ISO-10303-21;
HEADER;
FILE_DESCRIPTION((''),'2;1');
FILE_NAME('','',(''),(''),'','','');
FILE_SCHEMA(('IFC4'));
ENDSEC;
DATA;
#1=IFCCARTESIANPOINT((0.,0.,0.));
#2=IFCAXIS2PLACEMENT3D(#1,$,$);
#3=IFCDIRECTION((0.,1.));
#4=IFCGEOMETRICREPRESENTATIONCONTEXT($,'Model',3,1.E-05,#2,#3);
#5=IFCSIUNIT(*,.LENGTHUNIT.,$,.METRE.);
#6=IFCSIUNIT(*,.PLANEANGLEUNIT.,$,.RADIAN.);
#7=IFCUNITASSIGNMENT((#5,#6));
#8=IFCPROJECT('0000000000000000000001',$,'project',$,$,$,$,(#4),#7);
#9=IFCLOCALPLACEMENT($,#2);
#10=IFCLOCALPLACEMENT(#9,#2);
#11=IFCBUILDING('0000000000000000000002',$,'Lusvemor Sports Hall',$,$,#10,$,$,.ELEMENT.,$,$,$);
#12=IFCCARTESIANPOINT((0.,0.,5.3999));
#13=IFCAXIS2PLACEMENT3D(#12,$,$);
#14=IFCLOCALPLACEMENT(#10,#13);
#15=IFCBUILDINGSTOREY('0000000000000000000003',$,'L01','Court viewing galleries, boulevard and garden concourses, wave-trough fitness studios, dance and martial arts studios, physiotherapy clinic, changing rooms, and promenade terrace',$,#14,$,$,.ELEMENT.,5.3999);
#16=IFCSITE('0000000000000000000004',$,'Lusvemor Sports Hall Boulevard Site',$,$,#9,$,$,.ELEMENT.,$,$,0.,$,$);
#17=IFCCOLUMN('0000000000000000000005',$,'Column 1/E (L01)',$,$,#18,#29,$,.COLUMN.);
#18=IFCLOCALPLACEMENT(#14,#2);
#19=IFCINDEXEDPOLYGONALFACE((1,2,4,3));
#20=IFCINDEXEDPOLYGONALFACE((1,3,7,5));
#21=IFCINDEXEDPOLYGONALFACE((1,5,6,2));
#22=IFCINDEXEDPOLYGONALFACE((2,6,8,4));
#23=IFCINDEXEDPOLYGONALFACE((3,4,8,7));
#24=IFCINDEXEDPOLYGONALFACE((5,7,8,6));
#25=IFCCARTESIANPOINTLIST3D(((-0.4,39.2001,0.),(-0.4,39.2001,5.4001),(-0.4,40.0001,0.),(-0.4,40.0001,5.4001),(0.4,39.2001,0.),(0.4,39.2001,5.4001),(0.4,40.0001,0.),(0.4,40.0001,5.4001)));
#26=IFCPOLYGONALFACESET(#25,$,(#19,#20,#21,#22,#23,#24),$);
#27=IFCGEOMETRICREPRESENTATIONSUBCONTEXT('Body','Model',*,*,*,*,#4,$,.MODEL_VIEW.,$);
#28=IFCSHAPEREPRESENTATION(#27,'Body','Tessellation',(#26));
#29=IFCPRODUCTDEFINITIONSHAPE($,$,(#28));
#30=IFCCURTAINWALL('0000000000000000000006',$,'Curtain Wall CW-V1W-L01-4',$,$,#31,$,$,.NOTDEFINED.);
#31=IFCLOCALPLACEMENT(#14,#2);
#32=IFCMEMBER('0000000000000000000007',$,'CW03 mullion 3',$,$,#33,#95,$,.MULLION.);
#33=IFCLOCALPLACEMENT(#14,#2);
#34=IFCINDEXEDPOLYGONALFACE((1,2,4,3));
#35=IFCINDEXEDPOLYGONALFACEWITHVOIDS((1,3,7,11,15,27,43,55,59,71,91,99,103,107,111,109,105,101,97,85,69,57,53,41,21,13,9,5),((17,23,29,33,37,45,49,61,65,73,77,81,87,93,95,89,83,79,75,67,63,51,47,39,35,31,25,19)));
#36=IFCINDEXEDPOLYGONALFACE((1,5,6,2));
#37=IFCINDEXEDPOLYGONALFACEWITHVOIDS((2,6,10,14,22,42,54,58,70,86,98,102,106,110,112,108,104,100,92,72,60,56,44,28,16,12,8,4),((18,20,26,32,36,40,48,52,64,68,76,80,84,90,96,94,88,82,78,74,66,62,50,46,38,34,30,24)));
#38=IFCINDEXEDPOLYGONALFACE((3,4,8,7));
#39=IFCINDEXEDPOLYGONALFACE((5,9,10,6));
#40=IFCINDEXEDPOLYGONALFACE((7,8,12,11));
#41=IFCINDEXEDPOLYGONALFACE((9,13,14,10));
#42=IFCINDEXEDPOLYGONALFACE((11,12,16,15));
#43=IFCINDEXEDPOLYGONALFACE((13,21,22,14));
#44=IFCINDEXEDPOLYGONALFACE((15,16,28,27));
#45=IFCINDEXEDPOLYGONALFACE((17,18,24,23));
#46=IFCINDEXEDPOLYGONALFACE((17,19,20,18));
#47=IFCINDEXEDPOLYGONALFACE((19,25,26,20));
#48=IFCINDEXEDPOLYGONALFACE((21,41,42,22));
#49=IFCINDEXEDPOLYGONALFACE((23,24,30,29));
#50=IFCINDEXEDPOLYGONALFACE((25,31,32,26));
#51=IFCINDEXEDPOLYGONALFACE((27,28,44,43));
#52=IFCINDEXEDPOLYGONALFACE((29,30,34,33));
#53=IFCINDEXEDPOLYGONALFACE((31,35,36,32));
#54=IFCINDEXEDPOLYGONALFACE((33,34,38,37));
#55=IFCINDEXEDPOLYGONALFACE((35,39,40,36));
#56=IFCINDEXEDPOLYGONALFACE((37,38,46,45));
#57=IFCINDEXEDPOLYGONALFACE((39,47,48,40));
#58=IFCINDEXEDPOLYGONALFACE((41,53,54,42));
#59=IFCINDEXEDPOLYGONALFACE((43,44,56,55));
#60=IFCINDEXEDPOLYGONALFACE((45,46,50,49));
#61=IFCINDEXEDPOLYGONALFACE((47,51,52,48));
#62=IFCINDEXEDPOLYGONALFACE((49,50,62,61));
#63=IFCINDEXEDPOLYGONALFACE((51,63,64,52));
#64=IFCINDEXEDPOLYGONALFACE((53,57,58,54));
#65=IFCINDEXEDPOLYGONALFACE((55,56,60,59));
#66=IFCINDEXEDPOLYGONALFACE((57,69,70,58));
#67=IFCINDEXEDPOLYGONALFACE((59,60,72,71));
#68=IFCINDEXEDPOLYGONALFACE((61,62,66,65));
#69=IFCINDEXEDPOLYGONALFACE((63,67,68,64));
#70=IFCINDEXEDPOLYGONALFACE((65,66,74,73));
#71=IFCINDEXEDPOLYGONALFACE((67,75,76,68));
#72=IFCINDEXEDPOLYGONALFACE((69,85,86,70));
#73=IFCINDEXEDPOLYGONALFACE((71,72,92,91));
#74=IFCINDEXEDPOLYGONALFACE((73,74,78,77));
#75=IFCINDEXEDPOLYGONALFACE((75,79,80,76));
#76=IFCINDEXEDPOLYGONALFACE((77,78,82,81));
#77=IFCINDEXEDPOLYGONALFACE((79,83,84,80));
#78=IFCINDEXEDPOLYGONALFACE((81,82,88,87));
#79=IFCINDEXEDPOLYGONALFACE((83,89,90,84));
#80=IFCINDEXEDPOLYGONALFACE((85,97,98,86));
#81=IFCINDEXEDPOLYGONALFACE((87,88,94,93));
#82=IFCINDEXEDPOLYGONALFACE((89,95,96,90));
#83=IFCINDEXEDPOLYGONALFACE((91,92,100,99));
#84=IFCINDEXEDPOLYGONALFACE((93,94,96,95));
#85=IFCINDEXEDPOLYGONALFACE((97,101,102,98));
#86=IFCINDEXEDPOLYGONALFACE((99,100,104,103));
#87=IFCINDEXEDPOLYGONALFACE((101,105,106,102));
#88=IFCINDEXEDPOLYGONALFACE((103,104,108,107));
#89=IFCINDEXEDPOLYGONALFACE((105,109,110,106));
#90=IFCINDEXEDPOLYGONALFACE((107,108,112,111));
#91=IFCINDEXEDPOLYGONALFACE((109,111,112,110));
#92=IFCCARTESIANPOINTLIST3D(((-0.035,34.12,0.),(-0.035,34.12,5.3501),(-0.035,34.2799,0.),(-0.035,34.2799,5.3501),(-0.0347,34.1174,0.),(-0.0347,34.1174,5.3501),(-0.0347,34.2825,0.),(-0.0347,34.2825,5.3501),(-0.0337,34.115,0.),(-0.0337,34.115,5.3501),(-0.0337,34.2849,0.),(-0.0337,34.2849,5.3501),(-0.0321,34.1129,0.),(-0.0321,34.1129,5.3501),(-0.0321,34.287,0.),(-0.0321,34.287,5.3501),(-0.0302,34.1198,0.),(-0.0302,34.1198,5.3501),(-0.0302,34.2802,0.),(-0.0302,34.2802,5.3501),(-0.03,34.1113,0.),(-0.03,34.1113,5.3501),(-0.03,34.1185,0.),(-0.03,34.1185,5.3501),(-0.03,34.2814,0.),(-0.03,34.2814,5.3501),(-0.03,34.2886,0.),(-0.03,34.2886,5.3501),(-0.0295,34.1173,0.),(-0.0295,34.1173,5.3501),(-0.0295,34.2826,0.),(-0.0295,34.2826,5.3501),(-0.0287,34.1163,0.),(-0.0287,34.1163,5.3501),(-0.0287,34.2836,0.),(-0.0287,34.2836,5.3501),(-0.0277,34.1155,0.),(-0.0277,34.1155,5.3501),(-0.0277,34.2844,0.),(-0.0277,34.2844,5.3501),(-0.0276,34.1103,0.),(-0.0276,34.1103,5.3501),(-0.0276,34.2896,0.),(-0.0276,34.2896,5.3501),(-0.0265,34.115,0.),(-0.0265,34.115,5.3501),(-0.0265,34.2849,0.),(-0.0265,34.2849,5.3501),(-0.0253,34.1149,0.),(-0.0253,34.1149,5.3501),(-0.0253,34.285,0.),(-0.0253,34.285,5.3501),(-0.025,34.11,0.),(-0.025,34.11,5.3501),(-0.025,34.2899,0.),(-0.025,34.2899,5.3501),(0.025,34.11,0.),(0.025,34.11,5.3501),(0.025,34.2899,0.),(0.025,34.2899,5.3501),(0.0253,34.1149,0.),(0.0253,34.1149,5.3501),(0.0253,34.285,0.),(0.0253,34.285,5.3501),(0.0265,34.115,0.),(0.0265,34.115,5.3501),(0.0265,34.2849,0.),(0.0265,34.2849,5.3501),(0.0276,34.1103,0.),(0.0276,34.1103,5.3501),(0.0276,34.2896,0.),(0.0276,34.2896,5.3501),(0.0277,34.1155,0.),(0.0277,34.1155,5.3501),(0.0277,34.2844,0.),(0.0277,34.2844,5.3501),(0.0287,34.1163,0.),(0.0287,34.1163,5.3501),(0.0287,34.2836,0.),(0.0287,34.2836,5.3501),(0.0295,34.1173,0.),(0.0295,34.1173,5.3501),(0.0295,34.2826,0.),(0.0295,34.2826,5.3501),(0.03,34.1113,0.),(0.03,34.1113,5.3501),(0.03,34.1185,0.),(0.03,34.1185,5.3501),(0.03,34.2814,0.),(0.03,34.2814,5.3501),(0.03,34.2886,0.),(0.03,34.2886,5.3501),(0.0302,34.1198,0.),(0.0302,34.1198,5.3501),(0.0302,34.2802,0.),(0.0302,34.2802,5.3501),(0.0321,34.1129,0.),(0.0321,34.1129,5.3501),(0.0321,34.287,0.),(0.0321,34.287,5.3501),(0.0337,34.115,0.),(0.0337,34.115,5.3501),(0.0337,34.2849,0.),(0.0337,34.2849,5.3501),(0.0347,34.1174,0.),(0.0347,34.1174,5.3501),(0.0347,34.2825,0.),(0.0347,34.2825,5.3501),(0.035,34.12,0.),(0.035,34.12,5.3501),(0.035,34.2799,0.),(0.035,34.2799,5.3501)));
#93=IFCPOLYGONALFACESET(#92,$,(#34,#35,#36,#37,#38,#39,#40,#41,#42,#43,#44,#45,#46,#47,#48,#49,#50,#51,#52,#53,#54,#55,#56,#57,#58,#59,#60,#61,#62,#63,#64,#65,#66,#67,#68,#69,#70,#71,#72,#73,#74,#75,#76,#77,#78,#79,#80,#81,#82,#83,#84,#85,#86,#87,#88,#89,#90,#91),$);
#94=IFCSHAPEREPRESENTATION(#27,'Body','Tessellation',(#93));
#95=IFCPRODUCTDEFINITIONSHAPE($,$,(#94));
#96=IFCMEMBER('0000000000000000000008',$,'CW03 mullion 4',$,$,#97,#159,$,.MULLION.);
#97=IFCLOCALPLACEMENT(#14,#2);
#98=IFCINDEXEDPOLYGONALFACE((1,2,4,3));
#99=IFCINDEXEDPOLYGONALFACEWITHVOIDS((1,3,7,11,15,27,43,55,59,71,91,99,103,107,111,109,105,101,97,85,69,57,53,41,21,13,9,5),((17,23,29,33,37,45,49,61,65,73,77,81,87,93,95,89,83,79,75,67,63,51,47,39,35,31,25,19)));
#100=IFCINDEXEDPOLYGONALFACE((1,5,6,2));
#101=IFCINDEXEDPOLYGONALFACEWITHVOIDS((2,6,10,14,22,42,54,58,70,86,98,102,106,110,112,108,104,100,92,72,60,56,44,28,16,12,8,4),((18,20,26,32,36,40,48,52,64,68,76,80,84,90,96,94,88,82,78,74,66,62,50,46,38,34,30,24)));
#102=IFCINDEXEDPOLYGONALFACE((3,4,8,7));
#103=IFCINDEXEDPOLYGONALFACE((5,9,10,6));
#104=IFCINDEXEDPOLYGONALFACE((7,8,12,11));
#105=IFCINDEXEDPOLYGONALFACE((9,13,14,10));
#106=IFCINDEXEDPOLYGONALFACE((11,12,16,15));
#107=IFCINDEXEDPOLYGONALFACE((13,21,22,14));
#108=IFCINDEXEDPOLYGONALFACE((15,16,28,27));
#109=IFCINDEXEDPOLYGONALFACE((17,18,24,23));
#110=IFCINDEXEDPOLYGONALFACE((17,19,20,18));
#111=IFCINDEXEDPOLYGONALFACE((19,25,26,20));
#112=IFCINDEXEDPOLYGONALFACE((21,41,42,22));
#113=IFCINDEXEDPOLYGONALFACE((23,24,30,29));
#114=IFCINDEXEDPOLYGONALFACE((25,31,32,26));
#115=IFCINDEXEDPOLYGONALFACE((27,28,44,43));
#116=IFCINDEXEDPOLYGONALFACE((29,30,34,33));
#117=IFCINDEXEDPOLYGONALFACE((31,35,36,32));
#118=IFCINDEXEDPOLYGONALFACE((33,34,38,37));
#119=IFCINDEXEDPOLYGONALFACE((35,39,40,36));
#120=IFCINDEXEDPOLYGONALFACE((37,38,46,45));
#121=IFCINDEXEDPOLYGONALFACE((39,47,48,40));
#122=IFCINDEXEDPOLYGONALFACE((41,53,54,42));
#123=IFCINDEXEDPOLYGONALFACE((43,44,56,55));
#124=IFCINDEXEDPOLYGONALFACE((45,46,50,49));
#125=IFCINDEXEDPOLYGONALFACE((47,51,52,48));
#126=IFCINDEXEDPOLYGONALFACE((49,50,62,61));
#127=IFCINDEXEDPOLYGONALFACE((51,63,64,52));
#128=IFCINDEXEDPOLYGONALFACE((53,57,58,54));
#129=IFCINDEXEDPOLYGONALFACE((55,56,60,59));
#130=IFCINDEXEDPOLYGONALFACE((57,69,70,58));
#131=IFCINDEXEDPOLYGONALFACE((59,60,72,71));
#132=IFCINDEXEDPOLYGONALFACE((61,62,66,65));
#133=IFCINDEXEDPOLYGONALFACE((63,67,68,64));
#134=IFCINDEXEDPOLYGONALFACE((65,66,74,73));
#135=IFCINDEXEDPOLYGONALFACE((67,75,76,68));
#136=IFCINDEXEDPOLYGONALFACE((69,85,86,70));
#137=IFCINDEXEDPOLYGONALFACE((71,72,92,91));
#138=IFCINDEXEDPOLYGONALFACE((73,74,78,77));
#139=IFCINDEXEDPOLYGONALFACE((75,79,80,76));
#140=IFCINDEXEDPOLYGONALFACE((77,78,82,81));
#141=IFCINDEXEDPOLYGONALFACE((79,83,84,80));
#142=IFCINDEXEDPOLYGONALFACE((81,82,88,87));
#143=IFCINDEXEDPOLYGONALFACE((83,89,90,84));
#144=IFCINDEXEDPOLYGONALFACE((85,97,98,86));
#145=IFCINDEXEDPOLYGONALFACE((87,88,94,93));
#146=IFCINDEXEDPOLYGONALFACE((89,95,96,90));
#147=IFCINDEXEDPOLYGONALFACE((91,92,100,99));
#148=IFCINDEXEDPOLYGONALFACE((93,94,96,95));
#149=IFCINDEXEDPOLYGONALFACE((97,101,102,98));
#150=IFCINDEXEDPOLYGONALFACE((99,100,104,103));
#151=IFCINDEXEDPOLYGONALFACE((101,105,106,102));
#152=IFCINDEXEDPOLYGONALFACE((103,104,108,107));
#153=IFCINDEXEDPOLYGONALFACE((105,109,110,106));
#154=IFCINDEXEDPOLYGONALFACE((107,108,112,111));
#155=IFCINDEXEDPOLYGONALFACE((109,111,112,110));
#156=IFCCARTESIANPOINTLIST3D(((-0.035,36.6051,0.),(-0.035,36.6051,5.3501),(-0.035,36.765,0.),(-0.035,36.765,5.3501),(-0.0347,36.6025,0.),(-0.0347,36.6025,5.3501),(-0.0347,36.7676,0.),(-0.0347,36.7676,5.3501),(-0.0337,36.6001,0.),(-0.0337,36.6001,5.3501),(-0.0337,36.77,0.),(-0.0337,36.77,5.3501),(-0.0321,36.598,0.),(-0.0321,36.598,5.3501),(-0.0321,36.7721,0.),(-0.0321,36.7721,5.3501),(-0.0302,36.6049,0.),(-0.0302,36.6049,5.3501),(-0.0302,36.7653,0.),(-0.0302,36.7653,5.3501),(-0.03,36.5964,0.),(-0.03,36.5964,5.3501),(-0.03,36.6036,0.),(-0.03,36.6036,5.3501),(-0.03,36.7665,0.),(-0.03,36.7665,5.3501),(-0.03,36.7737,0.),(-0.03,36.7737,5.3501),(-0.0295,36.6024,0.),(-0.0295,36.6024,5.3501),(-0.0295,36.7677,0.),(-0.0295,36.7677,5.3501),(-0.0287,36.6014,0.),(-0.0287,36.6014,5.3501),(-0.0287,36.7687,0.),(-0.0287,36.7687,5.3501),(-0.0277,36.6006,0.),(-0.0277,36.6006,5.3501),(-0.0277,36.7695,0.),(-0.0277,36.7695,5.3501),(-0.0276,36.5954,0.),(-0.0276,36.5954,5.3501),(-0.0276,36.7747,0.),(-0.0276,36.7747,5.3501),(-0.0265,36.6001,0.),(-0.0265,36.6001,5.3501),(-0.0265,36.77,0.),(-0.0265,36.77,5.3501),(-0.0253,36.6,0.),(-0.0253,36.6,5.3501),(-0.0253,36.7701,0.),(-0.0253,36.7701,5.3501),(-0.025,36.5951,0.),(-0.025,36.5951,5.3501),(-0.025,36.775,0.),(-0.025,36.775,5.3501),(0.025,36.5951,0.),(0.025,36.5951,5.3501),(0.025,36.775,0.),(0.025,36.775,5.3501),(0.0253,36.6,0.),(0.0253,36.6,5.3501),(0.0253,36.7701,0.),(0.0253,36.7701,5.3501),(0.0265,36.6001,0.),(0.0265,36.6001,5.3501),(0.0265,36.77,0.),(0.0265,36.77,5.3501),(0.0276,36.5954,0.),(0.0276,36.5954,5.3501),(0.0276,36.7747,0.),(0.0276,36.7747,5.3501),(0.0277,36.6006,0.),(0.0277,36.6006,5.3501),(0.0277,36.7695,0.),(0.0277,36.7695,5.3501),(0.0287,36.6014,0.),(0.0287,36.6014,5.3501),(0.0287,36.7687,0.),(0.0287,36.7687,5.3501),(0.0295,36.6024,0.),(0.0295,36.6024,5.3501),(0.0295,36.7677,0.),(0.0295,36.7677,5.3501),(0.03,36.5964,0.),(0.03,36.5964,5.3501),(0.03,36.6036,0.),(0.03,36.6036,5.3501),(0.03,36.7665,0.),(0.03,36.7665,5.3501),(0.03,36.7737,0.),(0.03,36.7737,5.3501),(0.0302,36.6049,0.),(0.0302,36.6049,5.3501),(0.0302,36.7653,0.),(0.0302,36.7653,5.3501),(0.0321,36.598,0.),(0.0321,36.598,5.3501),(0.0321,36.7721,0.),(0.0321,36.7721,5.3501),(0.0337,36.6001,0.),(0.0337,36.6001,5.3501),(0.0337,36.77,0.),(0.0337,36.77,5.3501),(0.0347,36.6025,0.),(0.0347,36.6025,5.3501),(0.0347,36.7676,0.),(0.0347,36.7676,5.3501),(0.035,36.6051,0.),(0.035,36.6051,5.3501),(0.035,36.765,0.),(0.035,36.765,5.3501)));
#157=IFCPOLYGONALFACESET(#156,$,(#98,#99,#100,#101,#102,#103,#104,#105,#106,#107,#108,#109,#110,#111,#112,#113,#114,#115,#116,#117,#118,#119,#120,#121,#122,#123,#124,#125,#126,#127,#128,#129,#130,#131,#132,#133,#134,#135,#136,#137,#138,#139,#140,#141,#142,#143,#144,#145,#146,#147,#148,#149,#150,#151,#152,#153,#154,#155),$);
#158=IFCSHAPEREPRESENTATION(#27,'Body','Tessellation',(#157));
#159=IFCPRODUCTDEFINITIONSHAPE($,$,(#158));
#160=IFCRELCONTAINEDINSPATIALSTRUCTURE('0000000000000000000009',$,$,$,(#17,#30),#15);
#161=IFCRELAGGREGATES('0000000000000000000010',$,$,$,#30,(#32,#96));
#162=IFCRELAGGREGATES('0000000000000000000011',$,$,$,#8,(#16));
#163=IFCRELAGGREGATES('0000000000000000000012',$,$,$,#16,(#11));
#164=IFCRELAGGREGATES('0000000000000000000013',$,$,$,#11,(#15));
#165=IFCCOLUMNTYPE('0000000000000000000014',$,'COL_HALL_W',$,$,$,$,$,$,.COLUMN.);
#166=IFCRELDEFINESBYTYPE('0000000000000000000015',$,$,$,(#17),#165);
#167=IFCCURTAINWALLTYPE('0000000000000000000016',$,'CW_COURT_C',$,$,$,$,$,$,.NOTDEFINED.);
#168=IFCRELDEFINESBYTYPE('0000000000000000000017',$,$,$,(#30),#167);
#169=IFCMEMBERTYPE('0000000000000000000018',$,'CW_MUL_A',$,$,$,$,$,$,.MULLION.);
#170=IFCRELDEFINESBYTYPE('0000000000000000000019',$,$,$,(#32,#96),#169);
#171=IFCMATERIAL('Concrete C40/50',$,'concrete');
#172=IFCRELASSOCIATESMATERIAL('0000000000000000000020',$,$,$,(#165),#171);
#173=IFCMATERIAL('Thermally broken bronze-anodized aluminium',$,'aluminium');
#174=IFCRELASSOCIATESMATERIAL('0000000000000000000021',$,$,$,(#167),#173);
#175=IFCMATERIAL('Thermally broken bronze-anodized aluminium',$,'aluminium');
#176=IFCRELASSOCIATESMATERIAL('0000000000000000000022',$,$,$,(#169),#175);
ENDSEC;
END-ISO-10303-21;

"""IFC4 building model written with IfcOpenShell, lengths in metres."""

from ifc_helpers import new_model, si_unit, direction, frame, origin, origin_2d, place, context, subcontext, project, spatial, rectangle, hollow_rectangle, extrude, material, material_profile, profile_set, type_object, element, aggregate, save


model = new_model("IFC4")

# Units and contexts
model_context = context("Model", 3, precision=1e-05, world=origin(), true_north=direction((0.0, 1.0)))
body_context = subcontext(model_context, "Body", "Model", "MODEL_VIEW")
ifc_project = project(units=[si_unit("LENGTHUNIT", "METRE"), si_unit("PLANEANGLEUNIT", "RADIAN")], contexts=[model_context])

# Site, building, storey
site_placement = place(None, origin())
site = spatial("IfcSite", under=ifc_project, at=site_placement, Name="Lusvemor Sports Hall Boulevard Site", CompositionType="ELEMENT", RefElevation=0.0)
building_placement = place(site_placement, origin())
building = spatial("IfcBuilding", under=site, at=building_placement, Name="Lusvemor Sports Hall", CompositionType="ELEMENT")
storey_placement = place(building_placement, frame((0.0, 0.0, 5.3999)))
storey = spatial("IfcBuildingStorey", under=building, at=storey_placement, Name="L01", Description="Court viewing galleries, boulevard and garden concourses, wave-trough fitness studios, dance and martial arts studios, physiotherapy clinic, changing rooms, and promenade terrace", CompositionType="ELEMENT", Elevation=5.3999)

# Column
ifc_material_1 = material(Name="Concrete C40/50", Category="concrete")
ifc_material_profile_1 = material_profile(ifc_material_1, rectangle(XDim=0.8, YDim=0.8, at=origin_2d()), Name="RC800x800")
ifc_profile_set_1 = profile_set([ifc_material_profile_1], Name="Concrete C40/50")
column_type = type_object("IfcColumnType", Name="COL_HALL_W", PredefinedType="COLUMN", material=ifc_profile_set_1)
column_placement = place(storey_placement, frame((0.0, 39.6001, 0.0), z_axis=(0.0, 0.0, 1.0), x_axis=(1.0, 0.0, 0.0)))
element("IfcColumn", 1, at=column_placement, inside=storey, type_object=column_type, Name="Column 1/E (L01)", PredefinedType="COLUMN", context=body_context, shape_type="SweptSolid", body=[
    extrude(rectangle(XDim=0.8, YDim=0.8, at=origin_2d()), origin(), (0.0, 0.0, 1.0), 5.4001),
])

# Curtain wall, members
ifc_material_2 = material(Name="Thermally broken bronze-anodized aluminium", Category="aluminium")
curtain_wall_type = type_object("IfcCurtainWallType", Name="CW_COURT_C", PredefinedType="NOTDEFINED", material=ifc_material_2)
curtain_wall_1_placement = place(storey_placement, origin())
curtain_wall_1 = element("IfcCurtainWall", 2, at=curtain_wall_1_placement, inside=storey, type_object=curtain_wall_type, Name="Curtain Wall CW-V1W-L01-4", PredefinedType="NOTDEFINED")
ifc_material_3 = material(Name="Thermally broken bronze-anodized aluminium", Category="aluminium")
ifc_material_profile_2 = material_profile(ifc_material_3, hollow_rectangle(XDim=0.0701, YDim=0.1799, WallThickness=0.0049, InnerFilletRadius=0.0049, OuterFilletRadius=0.01, at=origin_2d()), Name="CWMUL180x70x5")
ifc_profile_set_2 = profile_set([ifc_material_profile_2], Name="Thermally broken bronze-anodized aluminium")
member_type_1 = type_object("IfcMemberType", Name="CW_MUL_A", PredefinedType="MULLION", material=ifc_profile_set_2)
member_1_placement = place(storey_placement, frame((0.0, 34.2, 0.0), z_axis=(0.0, 0.0, 1.0), x_axis=(-1.0, 0.0, 0.0)))
member_1 = element("IfcMember", 3, at=member_1_placement, type_object=member_type_1, Name="CW03 mullion 3", PredefinedType="MULLION", context=body_context, shape_type="SweptSolid", body=[
    extrude(hollow_rectangle(XDim=0.0701, YDim=0.1799, WallThickness=0.0049, InnerFilletRadius=0.0049, OuterFilletRadius=0.01, at=origin_2d()), origin(), (0.0, 0.0, 1.0), 5.3501),
])
member_2_placement = place(storey_placement, frame((0.0, 36.6851, 0.0), z_axis=(0.0, 0.0, 1.0), x_axis=(-1.0, 0.0, 0.0)))
member_2 = element("IfcMember", 4, at=member_2_placement, type_object=member_type_1, Name="CW03 mullion 4", PredefinedType="MULLION", context=body_context, shape_type="SweptSolid", body=[
    extrude(hollow_rectangle(XDim=0.0701, YDim=0.1799, WallThickness=0.0049, InnerFilletRadius=0.0049, OuterFilletRadius=0.01, at=origin_2d()), origin(), (0.0, 0.0, 1.0), 5.3501),
])

aggregate(curtain_wall_1, [member_1, member_2])

save(model, "model.ifc")
